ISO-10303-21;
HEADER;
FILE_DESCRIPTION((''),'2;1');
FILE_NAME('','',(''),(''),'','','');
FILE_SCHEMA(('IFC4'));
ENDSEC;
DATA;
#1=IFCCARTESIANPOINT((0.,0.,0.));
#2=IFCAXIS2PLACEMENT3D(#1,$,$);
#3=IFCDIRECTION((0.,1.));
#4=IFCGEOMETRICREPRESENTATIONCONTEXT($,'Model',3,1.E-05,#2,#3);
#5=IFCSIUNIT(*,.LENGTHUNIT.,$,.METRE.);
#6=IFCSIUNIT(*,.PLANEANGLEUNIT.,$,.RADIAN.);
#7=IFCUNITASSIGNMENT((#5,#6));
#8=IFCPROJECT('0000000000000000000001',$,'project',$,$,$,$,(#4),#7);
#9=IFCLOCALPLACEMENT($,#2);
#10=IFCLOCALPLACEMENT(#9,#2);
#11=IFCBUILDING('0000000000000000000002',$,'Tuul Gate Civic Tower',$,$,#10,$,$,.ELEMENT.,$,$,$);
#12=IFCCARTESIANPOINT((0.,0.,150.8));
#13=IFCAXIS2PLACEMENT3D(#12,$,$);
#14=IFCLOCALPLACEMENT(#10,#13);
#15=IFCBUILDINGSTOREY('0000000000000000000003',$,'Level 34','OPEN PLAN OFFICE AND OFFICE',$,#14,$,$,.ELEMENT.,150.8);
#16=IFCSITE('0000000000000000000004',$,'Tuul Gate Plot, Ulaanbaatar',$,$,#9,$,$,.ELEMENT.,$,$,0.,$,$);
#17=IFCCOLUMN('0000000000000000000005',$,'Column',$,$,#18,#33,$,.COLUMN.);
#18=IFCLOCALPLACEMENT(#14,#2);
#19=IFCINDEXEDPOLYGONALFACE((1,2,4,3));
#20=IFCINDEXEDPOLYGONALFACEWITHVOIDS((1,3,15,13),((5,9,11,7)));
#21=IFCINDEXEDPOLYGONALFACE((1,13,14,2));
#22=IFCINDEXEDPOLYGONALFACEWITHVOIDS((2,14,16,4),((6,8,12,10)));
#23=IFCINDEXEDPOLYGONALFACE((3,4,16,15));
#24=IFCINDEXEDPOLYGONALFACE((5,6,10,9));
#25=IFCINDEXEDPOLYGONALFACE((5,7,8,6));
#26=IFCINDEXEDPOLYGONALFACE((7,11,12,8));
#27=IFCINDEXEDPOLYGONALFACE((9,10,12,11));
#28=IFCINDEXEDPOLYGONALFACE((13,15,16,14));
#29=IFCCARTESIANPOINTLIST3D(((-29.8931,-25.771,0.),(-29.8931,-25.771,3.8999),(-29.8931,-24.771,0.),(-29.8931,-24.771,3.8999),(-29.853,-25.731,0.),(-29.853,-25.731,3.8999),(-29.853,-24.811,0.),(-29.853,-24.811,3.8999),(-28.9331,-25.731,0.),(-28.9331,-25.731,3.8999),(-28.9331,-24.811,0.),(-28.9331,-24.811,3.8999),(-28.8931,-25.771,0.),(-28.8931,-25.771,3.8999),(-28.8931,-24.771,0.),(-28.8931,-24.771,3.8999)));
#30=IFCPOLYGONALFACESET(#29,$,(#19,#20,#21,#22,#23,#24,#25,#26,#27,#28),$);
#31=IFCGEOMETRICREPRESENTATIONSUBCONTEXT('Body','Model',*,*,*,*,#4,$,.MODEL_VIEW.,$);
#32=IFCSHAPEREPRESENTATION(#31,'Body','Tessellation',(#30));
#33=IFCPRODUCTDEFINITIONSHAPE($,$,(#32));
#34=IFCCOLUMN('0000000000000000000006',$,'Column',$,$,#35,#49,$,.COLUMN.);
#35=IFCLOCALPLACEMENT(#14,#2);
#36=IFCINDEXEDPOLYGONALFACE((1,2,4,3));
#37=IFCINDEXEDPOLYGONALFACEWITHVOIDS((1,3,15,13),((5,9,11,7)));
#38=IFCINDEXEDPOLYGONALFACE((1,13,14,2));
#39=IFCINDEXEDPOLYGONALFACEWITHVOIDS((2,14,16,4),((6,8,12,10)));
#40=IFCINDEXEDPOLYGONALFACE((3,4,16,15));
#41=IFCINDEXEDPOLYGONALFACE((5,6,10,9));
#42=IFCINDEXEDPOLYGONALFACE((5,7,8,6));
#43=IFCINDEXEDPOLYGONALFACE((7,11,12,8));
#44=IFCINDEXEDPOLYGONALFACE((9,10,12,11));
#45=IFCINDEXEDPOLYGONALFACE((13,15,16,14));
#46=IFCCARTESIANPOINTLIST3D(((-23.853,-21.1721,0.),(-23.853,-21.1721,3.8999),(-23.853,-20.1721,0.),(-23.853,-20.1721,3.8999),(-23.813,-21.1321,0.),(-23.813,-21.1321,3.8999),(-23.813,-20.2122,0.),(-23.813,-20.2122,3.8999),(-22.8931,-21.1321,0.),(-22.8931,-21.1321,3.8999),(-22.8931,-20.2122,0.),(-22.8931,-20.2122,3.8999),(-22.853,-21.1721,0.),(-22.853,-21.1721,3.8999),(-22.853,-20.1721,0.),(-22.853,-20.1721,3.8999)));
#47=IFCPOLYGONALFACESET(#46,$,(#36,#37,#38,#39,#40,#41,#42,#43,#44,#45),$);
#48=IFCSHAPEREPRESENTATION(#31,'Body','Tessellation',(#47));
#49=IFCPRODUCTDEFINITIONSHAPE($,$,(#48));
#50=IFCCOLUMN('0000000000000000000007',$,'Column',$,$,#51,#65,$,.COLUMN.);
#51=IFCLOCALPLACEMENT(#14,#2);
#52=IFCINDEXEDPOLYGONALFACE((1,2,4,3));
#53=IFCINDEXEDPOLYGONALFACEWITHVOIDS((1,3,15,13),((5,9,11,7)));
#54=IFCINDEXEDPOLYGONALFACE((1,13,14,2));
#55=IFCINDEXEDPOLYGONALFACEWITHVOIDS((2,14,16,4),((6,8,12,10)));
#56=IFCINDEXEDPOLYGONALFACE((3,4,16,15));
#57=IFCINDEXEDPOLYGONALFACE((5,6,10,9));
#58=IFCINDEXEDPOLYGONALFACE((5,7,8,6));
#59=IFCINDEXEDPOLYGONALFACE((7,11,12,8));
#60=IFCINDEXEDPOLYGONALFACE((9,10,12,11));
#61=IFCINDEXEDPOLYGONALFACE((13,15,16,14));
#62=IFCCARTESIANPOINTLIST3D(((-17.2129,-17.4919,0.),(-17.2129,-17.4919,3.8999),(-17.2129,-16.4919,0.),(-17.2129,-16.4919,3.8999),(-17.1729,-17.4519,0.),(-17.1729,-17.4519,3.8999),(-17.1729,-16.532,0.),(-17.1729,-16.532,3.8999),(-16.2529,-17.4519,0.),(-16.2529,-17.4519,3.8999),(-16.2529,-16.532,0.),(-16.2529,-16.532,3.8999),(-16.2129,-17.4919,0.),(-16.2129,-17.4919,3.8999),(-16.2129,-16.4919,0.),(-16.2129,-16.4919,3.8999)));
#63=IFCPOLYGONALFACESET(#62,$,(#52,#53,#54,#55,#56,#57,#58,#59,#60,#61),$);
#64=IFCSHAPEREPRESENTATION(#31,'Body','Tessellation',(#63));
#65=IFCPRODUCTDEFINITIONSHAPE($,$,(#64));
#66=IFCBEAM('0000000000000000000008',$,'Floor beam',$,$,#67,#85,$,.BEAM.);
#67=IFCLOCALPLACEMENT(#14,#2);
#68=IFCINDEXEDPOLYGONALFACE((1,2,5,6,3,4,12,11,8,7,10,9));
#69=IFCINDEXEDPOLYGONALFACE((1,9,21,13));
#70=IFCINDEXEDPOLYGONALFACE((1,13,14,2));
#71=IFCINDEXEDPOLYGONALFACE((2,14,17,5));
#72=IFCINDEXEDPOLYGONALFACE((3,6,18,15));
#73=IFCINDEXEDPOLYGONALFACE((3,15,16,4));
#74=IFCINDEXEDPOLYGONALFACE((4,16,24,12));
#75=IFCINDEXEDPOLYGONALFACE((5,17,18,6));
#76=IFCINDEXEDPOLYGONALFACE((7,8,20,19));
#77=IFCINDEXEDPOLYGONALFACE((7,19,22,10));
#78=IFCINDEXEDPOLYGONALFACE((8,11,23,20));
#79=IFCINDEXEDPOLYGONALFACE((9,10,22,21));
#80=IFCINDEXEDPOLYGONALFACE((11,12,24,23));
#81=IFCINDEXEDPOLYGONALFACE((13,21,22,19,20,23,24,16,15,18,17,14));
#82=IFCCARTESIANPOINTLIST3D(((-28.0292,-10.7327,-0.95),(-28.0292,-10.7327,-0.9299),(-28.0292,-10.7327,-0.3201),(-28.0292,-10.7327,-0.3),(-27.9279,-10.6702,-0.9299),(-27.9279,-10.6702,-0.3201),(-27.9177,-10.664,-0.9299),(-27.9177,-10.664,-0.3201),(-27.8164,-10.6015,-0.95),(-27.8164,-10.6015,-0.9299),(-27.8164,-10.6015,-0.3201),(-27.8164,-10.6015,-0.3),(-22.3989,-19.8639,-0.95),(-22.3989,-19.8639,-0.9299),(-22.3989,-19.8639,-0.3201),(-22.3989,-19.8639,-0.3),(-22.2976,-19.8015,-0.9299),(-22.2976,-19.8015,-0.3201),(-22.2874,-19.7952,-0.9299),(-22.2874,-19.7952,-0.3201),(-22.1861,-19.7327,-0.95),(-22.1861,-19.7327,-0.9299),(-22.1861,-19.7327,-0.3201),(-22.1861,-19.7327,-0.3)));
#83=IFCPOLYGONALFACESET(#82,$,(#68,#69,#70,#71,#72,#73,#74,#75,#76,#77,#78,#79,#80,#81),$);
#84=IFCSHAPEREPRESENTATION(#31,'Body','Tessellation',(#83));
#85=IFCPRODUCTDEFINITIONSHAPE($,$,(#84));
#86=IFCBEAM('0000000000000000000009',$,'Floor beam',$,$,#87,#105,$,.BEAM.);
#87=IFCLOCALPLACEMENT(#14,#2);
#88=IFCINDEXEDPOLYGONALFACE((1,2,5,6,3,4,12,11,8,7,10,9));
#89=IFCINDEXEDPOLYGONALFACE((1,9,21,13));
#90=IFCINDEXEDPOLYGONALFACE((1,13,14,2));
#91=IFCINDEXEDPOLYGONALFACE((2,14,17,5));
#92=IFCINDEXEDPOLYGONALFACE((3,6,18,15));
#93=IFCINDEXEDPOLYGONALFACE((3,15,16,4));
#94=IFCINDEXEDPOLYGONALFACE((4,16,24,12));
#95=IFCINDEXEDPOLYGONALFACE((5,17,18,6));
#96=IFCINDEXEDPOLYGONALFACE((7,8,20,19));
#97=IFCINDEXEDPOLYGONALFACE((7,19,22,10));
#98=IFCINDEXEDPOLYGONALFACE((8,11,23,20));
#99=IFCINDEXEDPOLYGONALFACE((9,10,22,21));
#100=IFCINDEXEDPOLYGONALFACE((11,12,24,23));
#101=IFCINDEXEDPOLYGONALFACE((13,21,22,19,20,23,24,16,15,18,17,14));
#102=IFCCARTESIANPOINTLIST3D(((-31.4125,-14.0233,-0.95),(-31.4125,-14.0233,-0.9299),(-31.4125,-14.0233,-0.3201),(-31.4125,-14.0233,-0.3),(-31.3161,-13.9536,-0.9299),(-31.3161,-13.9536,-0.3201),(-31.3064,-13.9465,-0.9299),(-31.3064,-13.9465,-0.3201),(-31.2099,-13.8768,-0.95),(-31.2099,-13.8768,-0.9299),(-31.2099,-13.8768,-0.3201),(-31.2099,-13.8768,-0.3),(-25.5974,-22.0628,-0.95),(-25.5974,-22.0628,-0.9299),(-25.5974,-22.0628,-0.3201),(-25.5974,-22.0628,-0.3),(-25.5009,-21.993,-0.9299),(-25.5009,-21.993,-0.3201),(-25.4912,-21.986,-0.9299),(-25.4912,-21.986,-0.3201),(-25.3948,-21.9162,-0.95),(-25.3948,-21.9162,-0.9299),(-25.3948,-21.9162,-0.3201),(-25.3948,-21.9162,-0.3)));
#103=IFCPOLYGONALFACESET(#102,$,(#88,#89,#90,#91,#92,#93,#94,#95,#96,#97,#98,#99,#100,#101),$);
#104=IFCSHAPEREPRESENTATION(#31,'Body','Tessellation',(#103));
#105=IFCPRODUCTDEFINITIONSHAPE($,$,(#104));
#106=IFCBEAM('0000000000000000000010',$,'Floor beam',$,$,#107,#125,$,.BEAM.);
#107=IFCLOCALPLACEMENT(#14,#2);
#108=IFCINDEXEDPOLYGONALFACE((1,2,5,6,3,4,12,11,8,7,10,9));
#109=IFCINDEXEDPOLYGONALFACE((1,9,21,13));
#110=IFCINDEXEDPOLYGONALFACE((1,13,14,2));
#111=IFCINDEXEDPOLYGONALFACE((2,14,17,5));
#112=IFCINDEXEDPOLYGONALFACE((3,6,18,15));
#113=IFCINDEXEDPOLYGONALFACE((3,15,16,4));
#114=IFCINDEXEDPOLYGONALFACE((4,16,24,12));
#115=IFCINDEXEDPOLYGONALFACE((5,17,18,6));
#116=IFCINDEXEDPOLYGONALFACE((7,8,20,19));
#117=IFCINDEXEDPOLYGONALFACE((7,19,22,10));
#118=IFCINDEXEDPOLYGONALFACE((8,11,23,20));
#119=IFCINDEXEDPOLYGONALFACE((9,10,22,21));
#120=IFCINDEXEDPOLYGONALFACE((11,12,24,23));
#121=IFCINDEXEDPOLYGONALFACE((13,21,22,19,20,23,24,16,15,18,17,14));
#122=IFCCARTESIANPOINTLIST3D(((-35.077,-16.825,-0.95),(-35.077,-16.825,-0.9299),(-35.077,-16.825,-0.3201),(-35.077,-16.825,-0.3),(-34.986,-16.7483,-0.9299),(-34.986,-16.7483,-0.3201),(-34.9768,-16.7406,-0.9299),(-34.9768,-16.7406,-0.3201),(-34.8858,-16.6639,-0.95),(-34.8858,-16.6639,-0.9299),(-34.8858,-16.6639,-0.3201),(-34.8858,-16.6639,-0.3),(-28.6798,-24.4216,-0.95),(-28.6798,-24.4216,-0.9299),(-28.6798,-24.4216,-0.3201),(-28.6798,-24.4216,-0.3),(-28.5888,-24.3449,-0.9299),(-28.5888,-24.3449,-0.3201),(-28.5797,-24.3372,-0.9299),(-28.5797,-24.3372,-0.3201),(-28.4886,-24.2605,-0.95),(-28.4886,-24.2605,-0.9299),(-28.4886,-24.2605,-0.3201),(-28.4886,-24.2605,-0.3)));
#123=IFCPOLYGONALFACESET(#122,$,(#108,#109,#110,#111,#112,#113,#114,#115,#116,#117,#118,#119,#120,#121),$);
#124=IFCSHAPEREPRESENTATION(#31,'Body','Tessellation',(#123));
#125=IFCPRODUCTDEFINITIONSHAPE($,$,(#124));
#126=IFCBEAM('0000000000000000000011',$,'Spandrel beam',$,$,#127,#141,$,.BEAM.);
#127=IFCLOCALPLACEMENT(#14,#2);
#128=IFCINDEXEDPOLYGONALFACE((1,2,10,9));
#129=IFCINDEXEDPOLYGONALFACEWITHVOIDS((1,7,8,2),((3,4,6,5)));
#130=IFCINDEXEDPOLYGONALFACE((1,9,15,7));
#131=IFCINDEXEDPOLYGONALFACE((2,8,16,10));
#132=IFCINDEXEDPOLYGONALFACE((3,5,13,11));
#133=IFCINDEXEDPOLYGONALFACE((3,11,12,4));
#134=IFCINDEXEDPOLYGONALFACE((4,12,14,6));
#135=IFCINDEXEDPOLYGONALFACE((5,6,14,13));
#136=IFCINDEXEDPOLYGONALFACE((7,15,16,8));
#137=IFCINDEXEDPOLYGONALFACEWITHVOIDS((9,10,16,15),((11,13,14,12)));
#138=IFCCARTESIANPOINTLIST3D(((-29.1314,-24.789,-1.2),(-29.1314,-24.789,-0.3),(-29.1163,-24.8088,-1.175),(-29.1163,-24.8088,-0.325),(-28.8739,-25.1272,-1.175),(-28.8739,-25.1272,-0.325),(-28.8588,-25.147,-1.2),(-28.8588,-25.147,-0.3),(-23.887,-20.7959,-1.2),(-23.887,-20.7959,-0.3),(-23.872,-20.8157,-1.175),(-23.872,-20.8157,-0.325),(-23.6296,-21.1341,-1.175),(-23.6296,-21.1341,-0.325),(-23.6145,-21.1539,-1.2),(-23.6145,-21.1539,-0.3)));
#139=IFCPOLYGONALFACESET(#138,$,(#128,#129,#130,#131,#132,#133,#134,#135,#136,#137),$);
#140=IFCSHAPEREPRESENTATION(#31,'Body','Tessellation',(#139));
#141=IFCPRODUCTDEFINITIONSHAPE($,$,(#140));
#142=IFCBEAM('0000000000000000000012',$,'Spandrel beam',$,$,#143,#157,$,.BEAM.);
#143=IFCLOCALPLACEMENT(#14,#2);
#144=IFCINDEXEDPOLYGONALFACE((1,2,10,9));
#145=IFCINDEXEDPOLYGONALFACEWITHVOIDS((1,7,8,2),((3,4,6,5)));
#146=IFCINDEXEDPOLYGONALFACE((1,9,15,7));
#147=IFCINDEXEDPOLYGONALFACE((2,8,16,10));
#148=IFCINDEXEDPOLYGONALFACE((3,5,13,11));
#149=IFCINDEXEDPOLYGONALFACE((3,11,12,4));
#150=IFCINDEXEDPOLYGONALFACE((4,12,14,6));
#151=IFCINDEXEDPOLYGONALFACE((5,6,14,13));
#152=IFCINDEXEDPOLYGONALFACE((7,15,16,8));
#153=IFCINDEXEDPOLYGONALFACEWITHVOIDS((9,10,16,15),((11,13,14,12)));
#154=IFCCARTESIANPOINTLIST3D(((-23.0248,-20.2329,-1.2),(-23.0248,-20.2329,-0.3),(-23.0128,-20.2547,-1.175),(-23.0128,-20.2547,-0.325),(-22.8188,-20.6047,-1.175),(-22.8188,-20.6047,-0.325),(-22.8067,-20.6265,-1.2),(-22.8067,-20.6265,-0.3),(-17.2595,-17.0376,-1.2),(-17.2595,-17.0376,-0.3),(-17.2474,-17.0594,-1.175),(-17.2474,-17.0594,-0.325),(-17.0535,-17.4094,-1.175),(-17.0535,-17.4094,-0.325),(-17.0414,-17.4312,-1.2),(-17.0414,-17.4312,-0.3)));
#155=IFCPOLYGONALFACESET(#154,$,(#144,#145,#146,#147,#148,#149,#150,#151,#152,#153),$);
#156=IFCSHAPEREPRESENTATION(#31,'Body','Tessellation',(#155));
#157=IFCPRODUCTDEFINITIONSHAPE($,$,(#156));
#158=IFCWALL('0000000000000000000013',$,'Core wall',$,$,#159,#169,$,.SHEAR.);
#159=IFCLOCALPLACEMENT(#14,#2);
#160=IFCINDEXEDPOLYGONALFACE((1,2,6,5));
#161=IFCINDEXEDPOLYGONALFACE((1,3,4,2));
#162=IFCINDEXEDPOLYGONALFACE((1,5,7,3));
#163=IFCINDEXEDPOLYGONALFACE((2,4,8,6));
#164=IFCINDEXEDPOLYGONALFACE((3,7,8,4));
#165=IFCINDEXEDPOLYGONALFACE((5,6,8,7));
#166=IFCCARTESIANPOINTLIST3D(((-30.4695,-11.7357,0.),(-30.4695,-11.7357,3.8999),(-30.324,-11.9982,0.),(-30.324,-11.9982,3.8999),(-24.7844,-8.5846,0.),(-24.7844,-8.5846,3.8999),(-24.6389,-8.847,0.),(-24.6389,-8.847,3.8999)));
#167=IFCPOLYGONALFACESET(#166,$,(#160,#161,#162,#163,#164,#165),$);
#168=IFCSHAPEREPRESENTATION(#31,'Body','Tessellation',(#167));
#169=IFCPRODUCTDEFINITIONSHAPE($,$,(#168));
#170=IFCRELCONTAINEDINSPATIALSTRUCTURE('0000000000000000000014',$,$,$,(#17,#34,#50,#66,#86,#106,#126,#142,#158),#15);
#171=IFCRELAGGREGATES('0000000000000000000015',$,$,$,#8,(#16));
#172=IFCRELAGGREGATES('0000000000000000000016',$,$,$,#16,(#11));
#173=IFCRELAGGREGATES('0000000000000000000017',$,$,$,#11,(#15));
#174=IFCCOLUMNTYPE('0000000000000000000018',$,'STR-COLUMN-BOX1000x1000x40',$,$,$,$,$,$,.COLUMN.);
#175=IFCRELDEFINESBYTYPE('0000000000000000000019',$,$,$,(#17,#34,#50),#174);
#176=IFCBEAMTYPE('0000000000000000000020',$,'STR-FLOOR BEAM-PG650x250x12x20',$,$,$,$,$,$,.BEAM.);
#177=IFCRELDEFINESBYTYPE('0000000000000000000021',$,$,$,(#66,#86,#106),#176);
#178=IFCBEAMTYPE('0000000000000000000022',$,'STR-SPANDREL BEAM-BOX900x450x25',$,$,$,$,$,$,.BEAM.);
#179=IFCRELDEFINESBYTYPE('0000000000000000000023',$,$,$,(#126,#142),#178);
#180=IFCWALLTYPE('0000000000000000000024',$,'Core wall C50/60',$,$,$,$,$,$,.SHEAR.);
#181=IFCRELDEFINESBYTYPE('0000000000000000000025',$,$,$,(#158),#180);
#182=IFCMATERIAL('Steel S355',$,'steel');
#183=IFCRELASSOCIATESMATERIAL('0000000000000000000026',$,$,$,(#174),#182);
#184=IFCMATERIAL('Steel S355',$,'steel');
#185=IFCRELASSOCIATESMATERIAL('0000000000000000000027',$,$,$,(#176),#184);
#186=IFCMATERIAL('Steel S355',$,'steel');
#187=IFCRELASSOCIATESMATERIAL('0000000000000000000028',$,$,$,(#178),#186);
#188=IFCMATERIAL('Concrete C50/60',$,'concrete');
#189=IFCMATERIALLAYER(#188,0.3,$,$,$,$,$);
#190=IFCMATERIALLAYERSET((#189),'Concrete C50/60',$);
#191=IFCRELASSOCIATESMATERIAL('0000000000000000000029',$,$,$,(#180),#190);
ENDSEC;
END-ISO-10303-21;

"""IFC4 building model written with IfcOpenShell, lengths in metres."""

from ifc_helpers import new_model, si_unit, direction, frame, frame_2d, origin, origin_2d, place, context, subcontext, project, spatial, rectangle, hollow_rectangle, i_section, extrude, material, layer, layer_set, material_profile, profile_set, type_object, element, save


model = new_model("IFC4")

# Units and contexts
model_context = context("Model", 3, precision=1e-05, world=origin(), true_north=direction((0.0, 1.0)))
body_context = subcontext(model_context, "Body", "Model", "MODEL_VIEW")
ifc_project = project(units=[si_unit("LENGTHUNIT", "METRE"), si_unit("PLANEANGLEUNIT", "RADIAN")], contexts=[model_context])

# Site, building, storey
site_placement = place(None, origin())
site = spatial("IfcSite", under=ifc_project, at=site_placement, Name="Tuul Gate Plot, Ulaanbaatar", CompositionType="ELEMENT", RefElevation=0.0)
building_placement = place(site_placement, origin())
building = spatial("IfcBuilding", under=site, at=building_placement, Name="Tuul Gate Civic Tower", CompositionType="ELEMENT")
storey_placement = place(building_placement, frame((0.0, 0.0, 150.8)))
storey = spatial("IfcBuildingStorey", under=building, at=storey_placement, Name="Level 34", Description="OPEN PLAN OFFICE AND OFFICE", CompositionType="ELEMENT", Elevation=150.8)

# Columns
ifc_material_1 = material(Name="Steel S355", Category="steel")
ifc_material_profile_1 = material_profile(ifc_material_1, hollow_rectangle(XDim=1.0, YDim=1.0, WallThickness=0.04, at=origin_2d()), Name="BOX1000x1000x40")
ifc_profile_set_1 = profile_set([ifc_material_profile_1], Name="Steel S355")
column_type = type_object("IfcColumnType", Name="STR-COLUMN-BOX1000x1000x40", PredefinedType="COLUMN", material=ifc_profile_set_1)
for number, where, z_axis, x_axis, name in (
    (1, (-29.3931, -25.271, 0.0), (0.0, 0.0, 1.0), (1.0, 0.0, 0.0), "Column"),
    (2, (-23.353, -20.6721, 0.0), (0.0, 0.0, 1.0), (1.0, 0.0, 0.0), "Column"),
    (3, (-16.7129, -16.9919, 0.0), (0.0, 0.0, 1.0), (1.0, 0.0, 0.0), "Column"),
):
    element("IfcColumn", number, at=place(storey_placement, frame(where, z_axis=z_axis, x_axis=x_axis)), inside=storey, type_object=column_type, Name=name, PredefinedType="COLUMN", context=body_context, shape_type="SweptSolid", body=[
        extrude(hollow_rectangle(XDim=1.0, YDim=1.0, WallThickness=0.04, at=origin_2d()), origin(), (0.0, 0.0, 1.0), 3.8999),
    ])

# Beams
ifc_material_2 = material(Name="Steel S355", Category="steel")
ifc_material_profile_2 = material_profile(ifc_material_2, i_section(OverallWidth=0.25, OverallDepth=0.6499, WebThickness=0.012, FlangeThickness=0.02, at=origin_2d()), Name="PG650x250x12x20")
ifc_profile_set_2 = profile_set([ifc_material_profile_2], Name="Steel S355")
beam_type_1 = type_object("IfcBeamType", Name="STR-FLOOR BEAM-PG650x250x12x20", PredefinedType="BEAM", material=ifc_profile_set_2)
beam_1_placement = place(storey_placement, frame((-22.2925, -19.7983, -0.625), z_axis=(-0.524846, 0.851197, 0.0), x_axis=(-0.851197, -0.524846, 0.0)))
element("IfcBeam", 4, at=beam_1_placement, inside=storey, type_object=beam_type_1, Name="Floor beam", PredefinedType="BEAM", context=body_context, shape_type="SweptSolid", body=[
    extrude(i_section(OverallWidth=0.25, OverallDepth=0.6499, WebThickness=0.012, FlangeThickness=0.02, at=origin_2d()), origin(), (0.0, 0.0, 1.0), 10.7275),
])
beam_2_placement = place(storey_placement, frame((-25.4961, -21.9895, -0.625), z_axis=(-0.586076, 0.810256, 0.0), x_axis=(-0.810256, -0.586076, 0.0)))
element("IfcBeam", 5, at=beam_2_placement, inside=storey, type_object=beam_type_1, Name="Floor beam", PredefinedType="BEAM", context=body_context, shape_type="SweptSolid", body=[
    extrude(i_section(OverallWidth=0.25, OverallDepth=0.6499, WebThickness=0.012, FlangeThickness=0.02, at=origin_2d()), origin(), (0.0, 0.0, 1.0), 9.9221),
])
beam_3_placement = place(storey_placement, frame((-28.5842, -24.3411, -0.625), z_axis=(-0.644137, 0.764911, 0.0), x_axis=(-0.764911, -0.644137, 0.0)))
element("IfcBeam", 6, at=beam_3_placement, inside=storey, type_object=beam_type_1, Name="Floor beam", PredefinedType="BEAM", context=body_context, shape_type="SweptSolid", body=[
    extrude(i_section(OverallWidth=0.25, OverallDepth=0.6499, WebThickness=0.012, FlangeThickness=0.02, at=origin_2d()), origin(), (0.0, 0.0, 1.0), 9.9314),
])
ifc_material_3 = material(Name="Steel S355", Category="steel")
ifc_material_profile_3 = material_profile(ifc_material_3, hollow_rectangle(XDim=0.45, YDim=0.8999, WallThickness=0.0249, at=origin_2d()), Name="BOX900x450x25")
ifc_profile_set_3 = profile_set([ifc_material_profile_3], Name="Steel S355")
beam_type_2 = type_object("IfcBeamType", Name="STR-SPANDREL BEAM-BOX900x450x25", PredefinedType="BEAM", material=ifc_profile_set_3)
for number, where, z_axis, x_axis, name in (
    (7, (-28.9951, -24.968, -0.75), (0.795619, 0.605798, 0.0), (-0.605798, 0.795619, 0.0), "Spandrel beam"),
    (8, (-22.9158, -20.4297, -0.75), (0.874651, 0.484753, 0.0), (-0.484753, 0.874651, 0.0), "Spandrel beam"),
):
    element("IfcBeam", number, at=place(storey_placement, frame(where, z_axis=z_axis, x_axis=x_axis)), inside=storey, type_object=beam_type_2, Name=name, PredefinedType="BEAM", context=body_context, shape_type="SweptSolid", body=[
        extrude(hollow_rectangle(XDim=0.45, YDim=0.8999, WallThickness=0.0249, at=origin_2d()), origin(), (0.0, 0.0, 1.0), 6.5916),
    ])

# Wall
ifc_material_4 = material(Name="Concrete C50/60", Category="concrete")
ifc_layer_1 = layer(ifc_material_4, 0.3)
ifc_layer_set_1 = layer_set([ifc_layer_1], Name="Concrete C50/60")
wall_type_1 = type_object("IfcWallType", Name="Core wall C50/60", PredefinedType="SHEAR", material=ifc_layer_set_1)
wall_1_placement = place(storey_placement, frame((-24.7117, -8.7158, 0.0), z_axis=(0.0, 0.0, 1.0), x_axis=(-0.87463, -0.484791, 0.0)))
element("IfcWall", 9, at=wall_1_placement, inside=storey, type_object=wall_type_1, Name="Core wall", PredefinedType="SHEAR", context=body_context, shape_type="SweptSolid", body=[
    extrude(rectangle(XDim=6.5, YDim=0.3, at=frame_2d((3.25, 0.0))), origin(), (0.0, 0.0, 1.0), 3.8999),
])

save(model, "model.ifc")
